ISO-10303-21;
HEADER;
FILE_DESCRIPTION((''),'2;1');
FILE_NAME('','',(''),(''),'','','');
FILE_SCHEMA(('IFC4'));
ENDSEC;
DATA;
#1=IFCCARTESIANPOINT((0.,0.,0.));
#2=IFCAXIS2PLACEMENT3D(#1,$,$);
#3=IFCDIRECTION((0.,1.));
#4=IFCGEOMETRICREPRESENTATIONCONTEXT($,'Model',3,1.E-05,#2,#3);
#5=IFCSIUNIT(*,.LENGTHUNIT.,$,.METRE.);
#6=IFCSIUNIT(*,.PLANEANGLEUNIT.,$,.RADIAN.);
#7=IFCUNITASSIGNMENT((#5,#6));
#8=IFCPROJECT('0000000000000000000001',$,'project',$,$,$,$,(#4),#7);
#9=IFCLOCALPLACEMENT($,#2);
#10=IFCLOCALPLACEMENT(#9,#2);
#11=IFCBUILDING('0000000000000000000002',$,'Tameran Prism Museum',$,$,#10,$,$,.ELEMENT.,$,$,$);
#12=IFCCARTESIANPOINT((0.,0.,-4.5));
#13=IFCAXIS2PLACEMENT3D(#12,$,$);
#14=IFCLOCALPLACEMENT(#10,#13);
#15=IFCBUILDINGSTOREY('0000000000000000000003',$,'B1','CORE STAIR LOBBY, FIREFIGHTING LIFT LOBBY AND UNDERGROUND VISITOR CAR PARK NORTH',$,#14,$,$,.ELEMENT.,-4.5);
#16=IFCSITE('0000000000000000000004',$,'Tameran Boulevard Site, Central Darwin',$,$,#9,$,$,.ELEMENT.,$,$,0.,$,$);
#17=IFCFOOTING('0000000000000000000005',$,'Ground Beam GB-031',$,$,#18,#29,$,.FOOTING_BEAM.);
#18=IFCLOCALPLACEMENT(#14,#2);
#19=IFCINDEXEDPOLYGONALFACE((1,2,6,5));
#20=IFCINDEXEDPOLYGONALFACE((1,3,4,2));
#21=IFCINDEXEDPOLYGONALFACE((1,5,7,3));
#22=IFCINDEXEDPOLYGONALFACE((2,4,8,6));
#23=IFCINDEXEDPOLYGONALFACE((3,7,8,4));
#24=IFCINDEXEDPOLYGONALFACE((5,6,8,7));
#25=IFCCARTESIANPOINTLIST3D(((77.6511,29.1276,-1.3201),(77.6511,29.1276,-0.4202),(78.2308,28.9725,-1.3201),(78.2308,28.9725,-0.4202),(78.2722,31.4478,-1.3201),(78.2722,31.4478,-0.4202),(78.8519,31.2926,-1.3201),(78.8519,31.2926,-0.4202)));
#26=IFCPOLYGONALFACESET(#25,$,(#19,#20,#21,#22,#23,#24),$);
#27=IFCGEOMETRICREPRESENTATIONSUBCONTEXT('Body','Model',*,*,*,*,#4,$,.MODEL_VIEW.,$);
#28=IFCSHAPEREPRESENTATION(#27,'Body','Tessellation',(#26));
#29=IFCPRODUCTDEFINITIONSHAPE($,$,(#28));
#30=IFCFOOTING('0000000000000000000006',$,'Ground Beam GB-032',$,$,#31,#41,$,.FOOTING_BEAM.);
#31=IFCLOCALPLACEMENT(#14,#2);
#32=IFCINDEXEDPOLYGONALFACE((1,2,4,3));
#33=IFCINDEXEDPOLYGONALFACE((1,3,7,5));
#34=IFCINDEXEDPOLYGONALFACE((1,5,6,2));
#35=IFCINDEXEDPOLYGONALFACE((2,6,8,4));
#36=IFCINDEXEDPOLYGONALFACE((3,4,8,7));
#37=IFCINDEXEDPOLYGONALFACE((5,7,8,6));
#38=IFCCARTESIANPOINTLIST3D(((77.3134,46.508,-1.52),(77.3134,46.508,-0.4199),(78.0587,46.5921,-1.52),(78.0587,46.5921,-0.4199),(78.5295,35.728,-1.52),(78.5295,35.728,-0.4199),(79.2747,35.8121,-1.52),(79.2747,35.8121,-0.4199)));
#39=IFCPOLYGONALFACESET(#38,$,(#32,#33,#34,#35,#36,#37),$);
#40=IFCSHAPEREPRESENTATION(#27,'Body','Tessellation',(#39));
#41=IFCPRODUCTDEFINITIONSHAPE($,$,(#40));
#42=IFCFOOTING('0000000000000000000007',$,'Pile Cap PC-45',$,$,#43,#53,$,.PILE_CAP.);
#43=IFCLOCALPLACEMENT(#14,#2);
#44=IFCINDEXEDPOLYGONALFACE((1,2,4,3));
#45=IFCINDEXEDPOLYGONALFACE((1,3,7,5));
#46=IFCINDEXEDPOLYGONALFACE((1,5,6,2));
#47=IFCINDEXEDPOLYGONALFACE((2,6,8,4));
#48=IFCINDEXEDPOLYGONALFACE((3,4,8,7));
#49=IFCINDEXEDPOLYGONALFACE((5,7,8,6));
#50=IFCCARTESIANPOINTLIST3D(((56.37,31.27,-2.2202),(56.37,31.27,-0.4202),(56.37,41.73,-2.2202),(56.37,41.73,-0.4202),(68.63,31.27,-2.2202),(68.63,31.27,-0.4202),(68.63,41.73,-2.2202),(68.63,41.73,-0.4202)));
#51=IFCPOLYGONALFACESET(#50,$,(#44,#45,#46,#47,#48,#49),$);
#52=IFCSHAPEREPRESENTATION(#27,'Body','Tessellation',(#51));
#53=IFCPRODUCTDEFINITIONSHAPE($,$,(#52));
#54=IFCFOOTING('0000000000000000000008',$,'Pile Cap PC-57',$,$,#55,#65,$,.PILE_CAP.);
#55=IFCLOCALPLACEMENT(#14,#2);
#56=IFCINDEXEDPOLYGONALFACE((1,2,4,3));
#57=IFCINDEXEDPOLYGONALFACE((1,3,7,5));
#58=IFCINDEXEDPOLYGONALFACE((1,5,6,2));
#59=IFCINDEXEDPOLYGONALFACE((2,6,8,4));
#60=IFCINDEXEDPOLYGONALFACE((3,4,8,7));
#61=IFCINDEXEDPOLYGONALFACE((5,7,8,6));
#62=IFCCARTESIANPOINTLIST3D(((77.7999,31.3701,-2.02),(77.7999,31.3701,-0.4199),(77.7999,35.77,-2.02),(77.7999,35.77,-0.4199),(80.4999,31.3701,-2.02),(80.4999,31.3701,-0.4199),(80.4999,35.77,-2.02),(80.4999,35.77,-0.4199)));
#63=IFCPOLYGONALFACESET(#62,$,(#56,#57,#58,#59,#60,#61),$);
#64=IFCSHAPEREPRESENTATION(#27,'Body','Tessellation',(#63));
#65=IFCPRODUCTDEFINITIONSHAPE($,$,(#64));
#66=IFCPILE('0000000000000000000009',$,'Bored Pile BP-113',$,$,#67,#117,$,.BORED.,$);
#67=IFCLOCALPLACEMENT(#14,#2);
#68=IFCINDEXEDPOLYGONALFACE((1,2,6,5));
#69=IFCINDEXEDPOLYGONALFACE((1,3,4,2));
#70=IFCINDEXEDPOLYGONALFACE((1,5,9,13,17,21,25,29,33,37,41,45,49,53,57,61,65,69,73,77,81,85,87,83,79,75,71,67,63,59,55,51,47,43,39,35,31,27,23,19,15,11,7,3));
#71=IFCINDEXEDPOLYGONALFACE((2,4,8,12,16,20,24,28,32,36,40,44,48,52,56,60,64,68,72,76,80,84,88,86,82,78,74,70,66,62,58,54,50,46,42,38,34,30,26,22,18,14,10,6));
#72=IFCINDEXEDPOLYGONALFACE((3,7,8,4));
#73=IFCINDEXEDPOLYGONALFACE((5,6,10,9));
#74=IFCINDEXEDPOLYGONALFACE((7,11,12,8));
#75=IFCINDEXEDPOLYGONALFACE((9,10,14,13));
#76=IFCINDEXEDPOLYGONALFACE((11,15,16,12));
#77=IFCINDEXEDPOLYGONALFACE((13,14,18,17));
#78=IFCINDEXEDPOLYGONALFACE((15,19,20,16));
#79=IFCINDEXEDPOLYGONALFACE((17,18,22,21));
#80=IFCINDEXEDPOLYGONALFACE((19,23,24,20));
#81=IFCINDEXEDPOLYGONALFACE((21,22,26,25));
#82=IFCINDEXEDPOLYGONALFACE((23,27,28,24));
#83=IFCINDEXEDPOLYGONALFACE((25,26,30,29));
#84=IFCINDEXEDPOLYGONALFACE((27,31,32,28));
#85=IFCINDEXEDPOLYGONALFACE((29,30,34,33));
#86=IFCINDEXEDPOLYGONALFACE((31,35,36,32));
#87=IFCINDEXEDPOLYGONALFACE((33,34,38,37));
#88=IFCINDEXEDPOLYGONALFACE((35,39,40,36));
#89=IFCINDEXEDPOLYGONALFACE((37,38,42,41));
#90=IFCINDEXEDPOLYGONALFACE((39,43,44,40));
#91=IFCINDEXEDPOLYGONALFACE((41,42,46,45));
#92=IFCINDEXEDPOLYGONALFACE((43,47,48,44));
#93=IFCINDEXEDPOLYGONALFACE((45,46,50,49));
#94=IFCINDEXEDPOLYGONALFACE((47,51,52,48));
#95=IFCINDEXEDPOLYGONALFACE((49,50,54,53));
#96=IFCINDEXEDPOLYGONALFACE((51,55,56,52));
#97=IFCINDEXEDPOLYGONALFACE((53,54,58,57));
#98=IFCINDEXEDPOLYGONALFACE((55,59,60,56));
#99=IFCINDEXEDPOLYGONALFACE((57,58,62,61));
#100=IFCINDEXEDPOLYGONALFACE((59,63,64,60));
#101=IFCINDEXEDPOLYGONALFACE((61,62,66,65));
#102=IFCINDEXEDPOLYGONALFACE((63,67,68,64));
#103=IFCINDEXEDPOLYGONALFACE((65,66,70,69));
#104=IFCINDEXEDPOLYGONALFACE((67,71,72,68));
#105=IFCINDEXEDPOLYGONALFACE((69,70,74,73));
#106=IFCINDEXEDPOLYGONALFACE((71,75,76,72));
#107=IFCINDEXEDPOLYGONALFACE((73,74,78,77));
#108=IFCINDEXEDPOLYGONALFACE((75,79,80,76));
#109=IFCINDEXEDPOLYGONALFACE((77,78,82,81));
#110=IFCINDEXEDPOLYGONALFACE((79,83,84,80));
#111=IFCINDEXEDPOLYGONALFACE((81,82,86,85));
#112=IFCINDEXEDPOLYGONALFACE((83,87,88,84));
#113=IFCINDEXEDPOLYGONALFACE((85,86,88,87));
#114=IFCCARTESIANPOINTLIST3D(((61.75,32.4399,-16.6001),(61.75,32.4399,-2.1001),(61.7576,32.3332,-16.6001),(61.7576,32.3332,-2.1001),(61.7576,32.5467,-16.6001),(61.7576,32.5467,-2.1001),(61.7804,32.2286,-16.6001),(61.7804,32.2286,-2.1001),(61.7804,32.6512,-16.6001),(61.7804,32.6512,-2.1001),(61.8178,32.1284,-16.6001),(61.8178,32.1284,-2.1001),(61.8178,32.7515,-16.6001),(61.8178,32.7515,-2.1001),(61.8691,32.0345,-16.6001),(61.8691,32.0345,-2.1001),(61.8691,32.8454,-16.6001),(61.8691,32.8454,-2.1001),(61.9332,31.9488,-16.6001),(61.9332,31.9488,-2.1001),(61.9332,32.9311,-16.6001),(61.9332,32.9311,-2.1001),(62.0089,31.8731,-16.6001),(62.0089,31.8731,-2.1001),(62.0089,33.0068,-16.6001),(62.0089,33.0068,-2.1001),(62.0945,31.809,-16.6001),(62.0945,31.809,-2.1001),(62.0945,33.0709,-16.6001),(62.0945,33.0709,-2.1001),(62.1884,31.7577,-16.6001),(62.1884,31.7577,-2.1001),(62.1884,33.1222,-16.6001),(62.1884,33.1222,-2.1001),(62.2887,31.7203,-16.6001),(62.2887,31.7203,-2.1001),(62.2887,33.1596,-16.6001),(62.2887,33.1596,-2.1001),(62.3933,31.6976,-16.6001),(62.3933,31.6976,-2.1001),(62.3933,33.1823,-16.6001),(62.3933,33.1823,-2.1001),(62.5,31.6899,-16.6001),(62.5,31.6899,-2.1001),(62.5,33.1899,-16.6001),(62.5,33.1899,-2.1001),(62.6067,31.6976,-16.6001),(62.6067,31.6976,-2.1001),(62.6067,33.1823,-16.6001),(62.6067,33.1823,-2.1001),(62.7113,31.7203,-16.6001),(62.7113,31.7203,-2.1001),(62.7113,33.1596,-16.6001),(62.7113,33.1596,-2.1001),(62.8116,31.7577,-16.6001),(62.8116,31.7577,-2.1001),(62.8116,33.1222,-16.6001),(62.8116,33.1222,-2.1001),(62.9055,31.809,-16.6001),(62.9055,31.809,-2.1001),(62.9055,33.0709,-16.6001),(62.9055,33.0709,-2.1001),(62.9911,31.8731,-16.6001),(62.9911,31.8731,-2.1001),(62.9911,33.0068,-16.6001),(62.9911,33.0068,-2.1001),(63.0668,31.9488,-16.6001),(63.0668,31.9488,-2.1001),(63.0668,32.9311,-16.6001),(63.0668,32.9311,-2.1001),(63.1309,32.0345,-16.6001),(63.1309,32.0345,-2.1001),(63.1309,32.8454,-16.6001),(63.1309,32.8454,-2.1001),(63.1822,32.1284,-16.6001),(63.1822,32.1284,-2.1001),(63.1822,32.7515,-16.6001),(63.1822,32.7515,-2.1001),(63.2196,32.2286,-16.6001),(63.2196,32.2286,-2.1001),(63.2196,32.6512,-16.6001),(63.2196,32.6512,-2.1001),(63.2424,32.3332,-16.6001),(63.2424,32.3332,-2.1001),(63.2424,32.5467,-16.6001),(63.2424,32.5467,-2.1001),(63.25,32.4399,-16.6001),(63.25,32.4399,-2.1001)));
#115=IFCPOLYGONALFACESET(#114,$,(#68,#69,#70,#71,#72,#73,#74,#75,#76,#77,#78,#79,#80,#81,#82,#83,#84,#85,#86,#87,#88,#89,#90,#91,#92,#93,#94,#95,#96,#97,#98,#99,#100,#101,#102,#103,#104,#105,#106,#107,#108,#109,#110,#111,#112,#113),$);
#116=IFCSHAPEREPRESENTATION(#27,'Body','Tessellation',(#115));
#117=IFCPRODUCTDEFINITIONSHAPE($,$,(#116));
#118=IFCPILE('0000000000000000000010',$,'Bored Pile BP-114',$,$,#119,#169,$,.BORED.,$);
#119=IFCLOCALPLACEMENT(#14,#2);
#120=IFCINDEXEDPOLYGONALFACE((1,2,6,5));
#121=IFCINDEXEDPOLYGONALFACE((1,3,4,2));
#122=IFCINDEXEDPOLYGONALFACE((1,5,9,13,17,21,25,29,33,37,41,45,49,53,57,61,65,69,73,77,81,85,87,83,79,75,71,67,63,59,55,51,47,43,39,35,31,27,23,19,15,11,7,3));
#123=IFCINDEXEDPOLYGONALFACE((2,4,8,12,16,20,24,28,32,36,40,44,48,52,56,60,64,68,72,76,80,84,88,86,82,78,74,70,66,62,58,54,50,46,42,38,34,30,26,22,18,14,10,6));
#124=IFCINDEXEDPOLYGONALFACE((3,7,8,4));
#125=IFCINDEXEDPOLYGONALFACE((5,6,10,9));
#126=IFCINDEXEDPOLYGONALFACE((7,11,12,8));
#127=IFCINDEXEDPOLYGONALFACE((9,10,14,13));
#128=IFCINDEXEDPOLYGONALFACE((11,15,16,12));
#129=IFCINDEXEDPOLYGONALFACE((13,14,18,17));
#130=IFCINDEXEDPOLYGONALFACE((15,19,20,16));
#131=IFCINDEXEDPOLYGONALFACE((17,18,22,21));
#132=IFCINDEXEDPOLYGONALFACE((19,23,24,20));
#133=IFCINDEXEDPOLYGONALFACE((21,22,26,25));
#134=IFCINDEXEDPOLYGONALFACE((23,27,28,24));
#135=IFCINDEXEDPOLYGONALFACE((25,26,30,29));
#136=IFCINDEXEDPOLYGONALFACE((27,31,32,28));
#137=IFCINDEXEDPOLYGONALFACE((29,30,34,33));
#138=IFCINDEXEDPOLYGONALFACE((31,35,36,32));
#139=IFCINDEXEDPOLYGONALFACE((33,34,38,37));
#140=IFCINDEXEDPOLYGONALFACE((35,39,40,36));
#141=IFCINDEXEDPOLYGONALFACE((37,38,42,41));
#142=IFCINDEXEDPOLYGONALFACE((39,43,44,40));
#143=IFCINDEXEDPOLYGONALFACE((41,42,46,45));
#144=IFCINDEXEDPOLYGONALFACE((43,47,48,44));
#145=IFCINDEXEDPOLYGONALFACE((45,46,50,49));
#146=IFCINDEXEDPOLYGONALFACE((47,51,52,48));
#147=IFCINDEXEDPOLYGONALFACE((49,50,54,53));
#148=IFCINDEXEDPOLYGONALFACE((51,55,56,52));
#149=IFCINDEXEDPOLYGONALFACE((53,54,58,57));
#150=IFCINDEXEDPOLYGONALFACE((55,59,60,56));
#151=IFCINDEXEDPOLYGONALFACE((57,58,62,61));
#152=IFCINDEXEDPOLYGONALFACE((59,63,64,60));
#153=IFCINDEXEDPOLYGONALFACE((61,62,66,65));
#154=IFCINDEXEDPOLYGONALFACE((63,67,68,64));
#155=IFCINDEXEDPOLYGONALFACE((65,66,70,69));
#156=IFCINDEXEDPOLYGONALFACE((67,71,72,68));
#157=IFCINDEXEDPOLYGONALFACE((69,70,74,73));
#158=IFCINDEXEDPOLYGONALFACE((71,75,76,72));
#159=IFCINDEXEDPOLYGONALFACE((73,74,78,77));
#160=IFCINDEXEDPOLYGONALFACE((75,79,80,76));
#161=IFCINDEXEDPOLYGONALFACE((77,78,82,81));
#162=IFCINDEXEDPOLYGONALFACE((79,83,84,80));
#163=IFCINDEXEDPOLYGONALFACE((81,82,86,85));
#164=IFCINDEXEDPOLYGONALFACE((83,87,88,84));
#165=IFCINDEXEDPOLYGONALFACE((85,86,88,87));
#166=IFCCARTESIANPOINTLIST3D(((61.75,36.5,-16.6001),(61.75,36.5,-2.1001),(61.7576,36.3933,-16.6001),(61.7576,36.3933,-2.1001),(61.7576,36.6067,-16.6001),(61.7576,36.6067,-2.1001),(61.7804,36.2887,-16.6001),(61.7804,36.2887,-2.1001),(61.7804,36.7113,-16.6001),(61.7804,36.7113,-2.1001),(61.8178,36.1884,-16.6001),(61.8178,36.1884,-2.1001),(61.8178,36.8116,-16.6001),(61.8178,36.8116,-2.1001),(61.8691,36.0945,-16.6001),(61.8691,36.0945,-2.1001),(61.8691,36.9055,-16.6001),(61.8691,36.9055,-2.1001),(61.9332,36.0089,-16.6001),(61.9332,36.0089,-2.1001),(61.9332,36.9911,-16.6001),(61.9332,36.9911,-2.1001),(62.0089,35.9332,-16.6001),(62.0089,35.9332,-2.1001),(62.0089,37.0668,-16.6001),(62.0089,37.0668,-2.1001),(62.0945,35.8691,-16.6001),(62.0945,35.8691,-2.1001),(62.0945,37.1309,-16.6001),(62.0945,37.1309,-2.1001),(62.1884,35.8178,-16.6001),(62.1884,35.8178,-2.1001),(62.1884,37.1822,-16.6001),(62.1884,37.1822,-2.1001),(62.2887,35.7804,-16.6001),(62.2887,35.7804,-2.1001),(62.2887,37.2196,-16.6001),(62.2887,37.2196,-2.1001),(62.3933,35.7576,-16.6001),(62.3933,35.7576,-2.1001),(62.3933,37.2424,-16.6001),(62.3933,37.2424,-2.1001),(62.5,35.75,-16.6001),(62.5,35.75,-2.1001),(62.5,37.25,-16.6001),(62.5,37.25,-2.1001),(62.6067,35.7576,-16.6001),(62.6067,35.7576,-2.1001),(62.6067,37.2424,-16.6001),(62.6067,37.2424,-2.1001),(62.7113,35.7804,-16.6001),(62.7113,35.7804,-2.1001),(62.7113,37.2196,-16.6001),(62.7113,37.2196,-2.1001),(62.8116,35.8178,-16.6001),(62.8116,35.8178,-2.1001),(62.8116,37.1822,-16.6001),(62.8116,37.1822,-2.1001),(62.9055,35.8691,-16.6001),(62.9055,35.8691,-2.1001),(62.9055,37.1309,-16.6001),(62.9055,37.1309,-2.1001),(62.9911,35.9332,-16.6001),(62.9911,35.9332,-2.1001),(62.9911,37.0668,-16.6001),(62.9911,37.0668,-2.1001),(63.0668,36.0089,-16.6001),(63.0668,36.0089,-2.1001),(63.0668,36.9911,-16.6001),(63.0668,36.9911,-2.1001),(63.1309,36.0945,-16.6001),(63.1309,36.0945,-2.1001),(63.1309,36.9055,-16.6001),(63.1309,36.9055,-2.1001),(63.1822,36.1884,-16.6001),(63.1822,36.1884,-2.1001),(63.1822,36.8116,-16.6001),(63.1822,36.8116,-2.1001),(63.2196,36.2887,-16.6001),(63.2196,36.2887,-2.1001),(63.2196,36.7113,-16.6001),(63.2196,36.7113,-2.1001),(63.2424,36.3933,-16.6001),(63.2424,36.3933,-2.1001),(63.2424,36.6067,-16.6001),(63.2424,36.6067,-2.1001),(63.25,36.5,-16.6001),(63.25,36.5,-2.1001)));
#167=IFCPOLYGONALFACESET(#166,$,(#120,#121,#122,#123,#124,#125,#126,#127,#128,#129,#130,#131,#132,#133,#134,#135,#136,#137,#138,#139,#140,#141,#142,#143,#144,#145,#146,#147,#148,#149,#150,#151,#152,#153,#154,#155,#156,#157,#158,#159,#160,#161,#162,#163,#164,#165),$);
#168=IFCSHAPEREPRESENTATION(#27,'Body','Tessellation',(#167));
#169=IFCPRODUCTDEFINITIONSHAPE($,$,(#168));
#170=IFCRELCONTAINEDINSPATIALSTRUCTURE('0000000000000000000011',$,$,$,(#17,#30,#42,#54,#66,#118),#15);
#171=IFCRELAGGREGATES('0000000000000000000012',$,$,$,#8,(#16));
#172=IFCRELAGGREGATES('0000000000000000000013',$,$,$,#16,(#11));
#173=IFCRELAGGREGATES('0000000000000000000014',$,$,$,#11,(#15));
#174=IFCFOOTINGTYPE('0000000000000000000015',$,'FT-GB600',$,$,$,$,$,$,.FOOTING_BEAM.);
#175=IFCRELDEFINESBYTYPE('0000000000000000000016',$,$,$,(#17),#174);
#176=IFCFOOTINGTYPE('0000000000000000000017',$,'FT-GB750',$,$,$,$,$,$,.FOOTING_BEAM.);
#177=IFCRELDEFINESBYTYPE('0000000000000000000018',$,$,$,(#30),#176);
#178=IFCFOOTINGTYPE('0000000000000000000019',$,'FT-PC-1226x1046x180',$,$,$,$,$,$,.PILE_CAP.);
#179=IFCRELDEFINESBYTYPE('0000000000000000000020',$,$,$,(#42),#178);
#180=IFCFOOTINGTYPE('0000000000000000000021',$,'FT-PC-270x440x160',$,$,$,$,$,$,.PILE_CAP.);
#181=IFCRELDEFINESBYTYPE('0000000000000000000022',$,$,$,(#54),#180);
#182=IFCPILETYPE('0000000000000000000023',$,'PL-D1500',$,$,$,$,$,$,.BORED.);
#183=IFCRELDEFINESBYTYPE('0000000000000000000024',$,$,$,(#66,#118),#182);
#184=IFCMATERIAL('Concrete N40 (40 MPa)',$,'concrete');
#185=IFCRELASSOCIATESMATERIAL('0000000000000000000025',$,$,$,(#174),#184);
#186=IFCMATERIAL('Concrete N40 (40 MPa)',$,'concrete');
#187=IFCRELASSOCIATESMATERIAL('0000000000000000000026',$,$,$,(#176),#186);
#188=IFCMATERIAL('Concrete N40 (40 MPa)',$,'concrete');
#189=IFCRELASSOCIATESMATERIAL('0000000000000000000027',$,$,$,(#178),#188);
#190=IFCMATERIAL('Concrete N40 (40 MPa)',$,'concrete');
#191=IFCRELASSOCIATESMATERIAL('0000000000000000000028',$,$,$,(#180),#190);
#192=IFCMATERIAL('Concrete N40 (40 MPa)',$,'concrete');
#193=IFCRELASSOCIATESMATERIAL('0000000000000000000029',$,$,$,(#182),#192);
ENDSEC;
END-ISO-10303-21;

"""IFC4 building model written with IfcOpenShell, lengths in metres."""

from ifc_helpers import new_model, si_unit, direction, frame, origin, origin_2d, place, context, subcontext, project, spatial, rectangle, circle, extrude, material, material_profile, profile_set, type_object, element, save


model = new_model("IFC4")

# Units and contexts
model_context = context("Model", 3, precision=1e-05, world=origin(), true_north=direction((0.0, 1.0)))
body_context = subcontext(model_context, "Body", "Model", "MODEL_VIEW")
ifc_project = project(units=[si_unit("LENGTHUNIT", "METRE"), si_unit("PLANEANGLEUNIT", "RADIAN")], contexts=[model_context])

# Site, building, storey
site_placement = place(None, origin())
site = spatial("IfcSite", under=ifc_project, at=site_placement, Name="Tameran Boulevard Site, Central Darwin", CompositionType="ELEMENT", RefElevation=0.0)
building_placement = place(site_placement, origin())
building = spatial("IfcBuilding", under=site, at=building_placement, Name="Tameran Prism Museum", CompositionType="ELEMENT")
storey_placement = place(building_placement, frame((0.0, 0.0, -4.5)))
storey = spatial("IfcBuildingStorey", under=building, at=storey_placement, Name="B1", Description="CORE STAIR LOBBY, FIREFIGHTING LIFT LOBBY AND UNDERGROUND VISITOR CAR PARK NORTH", CompositionType="ELEMENT", Elevation=-4.5)

# Footings
ifc_material_1 = material(Name="Concrete N40 (40 MPa)", Category="concrete")
ifc_material_profile_1 = material_profile(ifc_material_1, rectangle(XDim=0.6001, YDim=0.8999, at=origin_2d()))
ifc_profile_set_1 = profile_set([ifc_material_profile_1])
footing_type_1 = type_object("IfcFootingType", Name="FT-GB600", PredefinedType="FOOTING_BEAM", material=ifc_profile_set_1)
footing_1_placement = place(storey_placement, frame((77.9409, 29.05, -0.8701), z_axis=(0.258599, 0.965985, 0.0), x_axis=(-0.965985, 0.258599, 0.0)))
element("IfcFooting", 1, at=footing_1_placement, inside=storey, type_object=footing_type_1, Name="Ground Beam GB-031", PredefinedType="FOOTING_BEAM", context=body_context, shape_type="SweptSolid", body=[
    extrude(rectangle(XDim=0.6001, YDim=0.8999, at=origin_2d()), origin(), (0.0, 0.0, 1.0), 2.4019),
])
ifc_material_2 = material(Name="Concrete N40 (40 MPa)", Category="concrete")
ifc_material_profile_2 = material_profile(ifc_material_2, rectangle(XDim=0.75, YDim=1.1001, at=origin_2d()))
ifc_profile_set_2 = profile_set([ifc_material_profile_2])
footing_type_2 = type_object("IfcFootingType", Name="FT-GB750", PredefinedType="FOOTING_BEAM", material=ifc_profile_set_2)
footing_2_placement = place(storey_placement, frame((77.686, 46.55, -0.97), z_axis=(0.112096, -0.993697, 0.0), x_axis=(0.993697, 0.112096, 0.0)))
element("IfcFooting", 2, at=footing_2_placement, inside=storey, type_object=footing_type_2, Name="Ground Beam GB-032", PredefinedType="FOOTING_BEAM", context=body_context, shape_type="SweptSolid", body=[
    extrude(rectangle(XDim=0.75, YDim=1.1001, at=origin_2d()), origin(), (0.0, 0.0, 1.0), 10.8484),
])
ifc_material_3 = material(Name="Concrete N40 (40 MPa)", Category="concrete")
footing_type_3 = type_object("IfcFootingType", Name="FT-PC-1226x1046x180", PredefinedType="PILE_CAP", material=ifc_material_3)
footing_3_placement = place(storey_placement, frame((62.5, 36.5, -2.2202), z_axis=(0.0, 0.0, 1.0), x_axis=(1.0, 0.0, 0.0)))
element("IfcFooting", 3, at=footing_3_placement, inside=storey, type_object=footing_type_3, Name="Pile Cap PC-45", PredefinedType="PILE_CAP", context=body_context, shape_type="SweptSolid", body=[
    extrude(rectangle(XDim=12.26, YDim=10.46, at=origin_2d()), origin(), (0.0, 0.0, 1.0), 1.8),
])
ifc_material_4 = material(Name="Concrete N40 (40 MPa)", Category="concrete")
footing_type_4 = type_object("IfcFootingType", Name="FT-PC-270x440x160", PredefinedType="PILE_CAP", material=ifc_material_4)
footing_4_placement = place(storey_placement, frame((79.1499, 33.5701, -2.02), z_axis=(0.0, 0.0, 1.0), x_axis=(1.0, 0.0, 0.0)))
element("IfcFooting", 4, at=footing_4_placement, inside=storey, type_object=footing_type_4, Name="Pile Cap PC-57", PredefinedType="PILE_CAP", context=body_context, shape_type="SweptSolid", body=[
    extrude(rectangle(XDim=2.7, YDim=4.3999, at=origin_2d()), origin(), (0.0, 0.0, 1.0), 1.6001),
])

# Piles
ifc_material_5 = material(Name="Concrete N40 (40 MPa)", Category="concrete")
ifc_material_profile_3 = material_profile(ifc_material_5, circle(Radius=0.75, at=origin_2d()))
ifc_profile_set_3 = profile_set([ifc_material_profile_3])
pile_type_1 = type_object("IfcPileType", Name="PL-D1500", PredefinedType="BORED", material=ifc_profile_set_3)
for number, where, z_axis, x_axis, name in (
    (5, (62.5, 32.4399, -2.1001), (0.0, 0.0, -1.0), (1.0, 0.0, 0.0), "Bored Pile BP-113"),
    (6, (62.5, 36.5, -2.1001), (0.0, 0.0, -1.0), (1.0, 0.0, 0.0), "Bored Pile BP-114"),
):
    element("IfcPile", number, at=place(storey_placement, frame(where, z_axis=z_axis, x_axis=x_axis)), inside=storey, type_object=pile_type_1, Name=name, PredefinedType="BORED", context=body_context, shape_type="SweptSolid", body=[
        extrude(circle(Radius=0.75, at=origin_2d()), origin(), (0.0, 0.0, 1.0), 14.5),
    ])

save(model, "model.ifc")
